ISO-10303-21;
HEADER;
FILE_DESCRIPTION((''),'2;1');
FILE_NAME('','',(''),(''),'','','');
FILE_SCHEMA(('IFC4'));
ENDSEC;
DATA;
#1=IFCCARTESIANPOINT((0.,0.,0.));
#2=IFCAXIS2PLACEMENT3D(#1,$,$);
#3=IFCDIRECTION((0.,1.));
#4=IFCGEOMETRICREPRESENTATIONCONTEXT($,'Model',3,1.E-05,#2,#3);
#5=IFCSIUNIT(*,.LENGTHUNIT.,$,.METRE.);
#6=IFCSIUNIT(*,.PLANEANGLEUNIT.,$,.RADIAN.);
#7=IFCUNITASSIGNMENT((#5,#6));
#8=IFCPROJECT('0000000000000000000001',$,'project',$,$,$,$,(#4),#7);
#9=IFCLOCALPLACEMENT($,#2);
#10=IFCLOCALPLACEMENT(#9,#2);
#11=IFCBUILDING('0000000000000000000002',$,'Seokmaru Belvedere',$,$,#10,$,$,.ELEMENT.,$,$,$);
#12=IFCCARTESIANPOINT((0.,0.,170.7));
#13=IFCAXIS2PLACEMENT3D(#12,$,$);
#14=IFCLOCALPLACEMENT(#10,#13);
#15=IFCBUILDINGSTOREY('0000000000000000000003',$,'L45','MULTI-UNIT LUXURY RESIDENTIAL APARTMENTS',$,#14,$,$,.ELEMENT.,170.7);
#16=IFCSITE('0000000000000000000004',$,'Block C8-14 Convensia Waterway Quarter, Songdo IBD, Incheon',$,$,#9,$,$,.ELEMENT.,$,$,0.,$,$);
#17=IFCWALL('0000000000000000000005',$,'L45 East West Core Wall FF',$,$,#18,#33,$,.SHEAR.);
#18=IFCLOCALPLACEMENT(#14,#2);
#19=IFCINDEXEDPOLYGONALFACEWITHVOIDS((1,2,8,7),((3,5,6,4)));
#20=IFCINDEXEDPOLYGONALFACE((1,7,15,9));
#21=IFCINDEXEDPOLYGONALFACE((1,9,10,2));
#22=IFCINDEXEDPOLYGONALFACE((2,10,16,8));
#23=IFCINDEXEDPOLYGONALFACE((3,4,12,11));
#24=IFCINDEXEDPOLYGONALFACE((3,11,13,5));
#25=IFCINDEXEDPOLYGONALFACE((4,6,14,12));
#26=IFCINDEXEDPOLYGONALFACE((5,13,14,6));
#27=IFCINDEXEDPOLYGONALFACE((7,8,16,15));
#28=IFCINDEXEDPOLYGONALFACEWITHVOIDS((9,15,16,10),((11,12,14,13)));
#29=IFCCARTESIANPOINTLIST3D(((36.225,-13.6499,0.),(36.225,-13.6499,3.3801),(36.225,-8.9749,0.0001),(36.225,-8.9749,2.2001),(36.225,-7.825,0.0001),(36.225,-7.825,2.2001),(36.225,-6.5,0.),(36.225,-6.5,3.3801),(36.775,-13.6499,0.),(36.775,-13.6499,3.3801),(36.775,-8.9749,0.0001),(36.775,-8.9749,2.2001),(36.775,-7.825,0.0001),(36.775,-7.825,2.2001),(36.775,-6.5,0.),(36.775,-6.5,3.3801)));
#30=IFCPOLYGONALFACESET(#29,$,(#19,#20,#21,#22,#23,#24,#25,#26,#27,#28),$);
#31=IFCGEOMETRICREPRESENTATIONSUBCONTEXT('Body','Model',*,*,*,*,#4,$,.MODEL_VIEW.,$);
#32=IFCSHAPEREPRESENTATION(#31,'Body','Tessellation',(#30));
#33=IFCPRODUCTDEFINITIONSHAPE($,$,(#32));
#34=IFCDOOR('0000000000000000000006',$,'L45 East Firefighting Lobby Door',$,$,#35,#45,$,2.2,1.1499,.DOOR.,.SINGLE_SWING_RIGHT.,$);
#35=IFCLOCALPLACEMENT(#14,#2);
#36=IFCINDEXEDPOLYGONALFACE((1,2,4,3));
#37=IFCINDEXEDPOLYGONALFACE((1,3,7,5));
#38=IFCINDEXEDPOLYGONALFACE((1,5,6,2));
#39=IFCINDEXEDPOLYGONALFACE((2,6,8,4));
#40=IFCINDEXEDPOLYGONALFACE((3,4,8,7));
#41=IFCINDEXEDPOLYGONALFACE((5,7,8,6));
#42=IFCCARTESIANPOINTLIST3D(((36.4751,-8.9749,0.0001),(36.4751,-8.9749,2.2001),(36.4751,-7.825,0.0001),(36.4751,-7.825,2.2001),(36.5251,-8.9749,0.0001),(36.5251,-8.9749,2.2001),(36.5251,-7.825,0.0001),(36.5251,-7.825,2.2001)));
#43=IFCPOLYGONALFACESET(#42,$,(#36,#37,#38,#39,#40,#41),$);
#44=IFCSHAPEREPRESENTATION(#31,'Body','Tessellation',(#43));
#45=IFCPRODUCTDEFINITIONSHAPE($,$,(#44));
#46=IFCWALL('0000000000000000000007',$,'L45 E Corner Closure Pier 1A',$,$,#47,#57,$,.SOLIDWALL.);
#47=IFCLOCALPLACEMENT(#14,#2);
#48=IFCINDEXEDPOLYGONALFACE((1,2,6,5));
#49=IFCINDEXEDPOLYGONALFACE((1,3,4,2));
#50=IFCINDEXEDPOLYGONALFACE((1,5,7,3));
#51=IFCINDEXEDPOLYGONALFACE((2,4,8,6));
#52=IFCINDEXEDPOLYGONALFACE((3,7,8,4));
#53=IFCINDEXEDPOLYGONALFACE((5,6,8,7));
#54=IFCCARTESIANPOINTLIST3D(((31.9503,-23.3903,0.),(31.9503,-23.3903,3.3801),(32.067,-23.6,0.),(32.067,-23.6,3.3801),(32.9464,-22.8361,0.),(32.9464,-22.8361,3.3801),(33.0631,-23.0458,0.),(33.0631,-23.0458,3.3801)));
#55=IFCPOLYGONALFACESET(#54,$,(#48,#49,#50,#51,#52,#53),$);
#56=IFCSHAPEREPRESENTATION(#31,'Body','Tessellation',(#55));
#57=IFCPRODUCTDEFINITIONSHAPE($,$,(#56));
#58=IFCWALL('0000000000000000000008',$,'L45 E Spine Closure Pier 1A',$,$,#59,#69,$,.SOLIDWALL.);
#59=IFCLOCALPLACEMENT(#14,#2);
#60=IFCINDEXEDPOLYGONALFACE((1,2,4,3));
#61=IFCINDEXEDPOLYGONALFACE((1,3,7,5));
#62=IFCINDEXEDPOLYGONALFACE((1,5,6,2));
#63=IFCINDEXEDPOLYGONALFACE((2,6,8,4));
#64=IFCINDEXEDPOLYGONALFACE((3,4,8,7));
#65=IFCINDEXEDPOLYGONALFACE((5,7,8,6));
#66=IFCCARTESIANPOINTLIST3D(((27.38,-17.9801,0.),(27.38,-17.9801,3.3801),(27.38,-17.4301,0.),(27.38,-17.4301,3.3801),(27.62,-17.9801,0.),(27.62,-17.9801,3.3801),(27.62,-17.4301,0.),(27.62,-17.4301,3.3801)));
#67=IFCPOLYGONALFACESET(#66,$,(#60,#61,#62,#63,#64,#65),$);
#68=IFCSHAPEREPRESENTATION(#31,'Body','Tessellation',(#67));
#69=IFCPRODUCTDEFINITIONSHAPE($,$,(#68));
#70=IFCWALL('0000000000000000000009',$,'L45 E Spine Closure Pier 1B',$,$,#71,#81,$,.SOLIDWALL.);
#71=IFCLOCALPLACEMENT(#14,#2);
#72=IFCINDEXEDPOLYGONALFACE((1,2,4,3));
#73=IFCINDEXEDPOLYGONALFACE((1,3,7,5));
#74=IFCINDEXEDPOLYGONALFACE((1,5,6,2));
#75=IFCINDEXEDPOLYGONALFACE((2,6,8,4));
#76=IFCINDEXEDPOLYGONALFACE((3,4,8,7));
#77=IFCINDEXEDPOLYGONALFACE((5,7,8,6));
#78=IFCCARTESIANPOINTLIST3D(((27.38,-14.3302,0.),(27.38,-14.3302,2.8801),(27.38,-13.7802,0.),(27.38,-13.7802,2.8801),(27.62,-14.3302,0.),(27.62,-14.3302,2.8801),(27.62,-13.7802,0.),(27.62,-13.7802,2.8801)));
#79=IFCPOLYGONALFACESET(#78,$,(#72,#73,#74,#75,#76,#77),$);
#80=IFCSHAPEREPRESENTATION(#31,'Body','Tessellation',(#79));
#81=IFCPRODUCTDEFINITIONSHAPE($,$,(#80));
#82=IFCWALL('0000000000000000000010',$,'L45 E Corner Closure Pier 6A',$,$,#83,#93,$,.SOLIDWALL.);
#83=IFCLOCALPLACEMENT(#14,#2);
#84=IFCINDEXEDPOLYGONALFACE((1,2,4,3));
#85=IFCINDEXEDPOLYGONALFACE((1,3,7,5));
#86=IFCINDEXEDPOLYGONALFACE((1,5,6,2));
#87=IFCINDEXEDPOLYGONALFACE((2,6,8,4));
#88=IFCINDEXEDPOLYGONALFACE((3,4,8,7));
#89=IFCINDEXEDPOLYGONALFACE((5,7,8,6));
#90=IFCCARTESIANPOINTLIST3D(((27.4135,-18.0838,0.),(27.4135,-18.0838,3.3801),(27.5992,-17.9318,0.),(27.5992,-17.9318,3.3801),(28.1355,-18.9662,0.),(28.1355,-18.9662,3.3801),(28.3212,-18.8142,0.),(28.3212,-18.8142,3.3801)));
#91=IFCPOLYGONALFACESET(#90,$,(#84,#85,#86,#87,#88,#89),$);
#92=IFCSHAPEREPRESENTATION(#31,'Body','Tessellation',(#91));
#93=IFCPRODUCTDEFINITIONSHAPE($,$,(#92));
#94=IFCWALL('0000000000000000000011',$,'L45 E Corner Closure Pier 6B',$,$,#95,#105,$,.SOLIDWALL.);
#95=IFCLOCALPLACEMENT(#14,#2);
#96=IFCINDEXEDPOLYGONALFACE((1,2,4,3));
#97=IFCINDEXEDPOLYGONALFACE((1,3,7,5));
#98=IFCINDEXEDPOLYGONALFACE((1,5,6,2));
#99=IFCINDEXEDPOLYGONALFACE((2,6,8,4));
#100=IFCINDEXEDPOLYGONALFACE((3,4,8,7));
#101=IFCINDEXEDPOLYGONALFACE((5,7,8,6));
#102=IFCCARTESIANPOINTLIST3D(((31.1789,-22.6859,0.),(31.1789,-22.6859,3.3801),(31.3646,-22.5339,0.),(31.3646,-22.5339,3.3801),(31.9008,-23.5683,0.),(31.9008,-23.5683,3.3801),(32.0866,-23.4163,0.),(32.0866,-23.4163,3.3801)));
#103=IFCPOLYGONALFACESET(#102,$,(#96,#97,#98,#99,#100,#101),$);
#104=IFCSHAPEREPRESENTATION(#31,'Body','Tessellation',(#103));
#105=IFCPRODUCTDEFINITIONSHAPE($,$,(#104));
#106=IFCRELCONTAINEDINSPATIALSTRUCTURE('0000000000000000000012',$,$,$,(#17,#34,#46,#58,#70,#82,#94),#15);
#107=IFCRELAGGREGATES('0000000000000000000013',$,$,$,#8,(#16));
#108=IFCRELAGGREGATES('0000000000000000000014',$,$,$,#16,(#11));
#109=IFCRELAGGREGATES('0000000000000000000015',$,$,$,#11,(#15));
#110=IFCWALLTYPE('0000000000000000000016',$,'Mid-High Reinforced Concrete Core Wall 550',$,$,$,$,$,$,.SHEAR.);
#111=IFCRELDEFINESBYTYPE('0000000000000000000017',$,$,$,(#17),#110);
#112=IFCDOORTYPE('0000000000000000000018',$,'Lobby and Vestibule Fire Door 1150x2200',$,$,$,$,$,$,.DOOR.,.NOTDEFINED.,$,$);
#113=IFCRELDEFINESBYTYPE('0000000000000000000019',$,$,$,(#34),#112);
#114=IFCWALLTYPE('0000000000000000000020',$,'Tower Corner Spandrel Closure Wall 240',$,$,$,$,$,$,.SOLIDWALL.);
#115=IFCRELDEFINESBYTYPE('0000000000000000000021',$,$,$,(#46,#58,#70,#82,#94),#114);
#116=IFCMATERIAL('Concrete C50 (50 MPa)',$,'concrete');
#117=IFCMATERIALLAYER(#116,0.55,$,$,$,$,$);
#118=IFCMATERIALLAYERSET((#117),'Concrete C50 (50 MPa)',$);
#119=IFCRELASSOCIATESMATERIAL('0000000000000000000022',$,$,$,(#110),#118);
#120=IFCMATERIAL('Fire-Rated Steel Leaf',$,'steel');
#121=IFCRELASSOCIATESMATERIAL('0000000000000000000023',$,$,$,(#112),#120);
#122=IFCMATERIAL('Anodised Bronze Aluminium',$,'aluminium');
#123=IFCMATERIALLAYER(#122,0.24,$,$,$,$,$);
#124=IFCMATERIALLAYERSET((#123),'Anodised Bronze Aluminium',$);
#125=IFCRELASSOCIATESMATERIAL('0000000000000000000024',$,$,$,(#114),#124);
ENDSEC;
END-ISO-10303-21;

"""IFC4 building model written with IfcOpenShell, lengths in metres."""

from ifc_helpers import new_model, si_unit, direction, frame, frame_2d, origin, place, context, subcontext, project, spatial, rectangle, extrude, source, transform, mapped, material, layer, layer_set, type_object, type_shapes, element, fill, save


model = new_model("IFC4")

# Units and contexts
model_context = context("Model", 3, precision=1e-05, world=origin(), true_north=direction((0.0, 1.0)))
body_context = subcontext(model_context, "Body", "Model", "MODEL_VIEW")
ifc_project = project(units=[si_unit("LENGTHUNIT", "METRE"), si_unit("PLANEANGLEUNIT", "RADIAN")], contexts=[model_context])

# Site, building, storey
site_placement = place(None, origin())
site = spatial("IfcSite", under=ifc_project, at=site_placement, Name="Block C8-14 Convensia Waterway Quarter, Songdo IBD, Incheon", CompositionType="ELEMENT", RefElevation=0.0)
building_placement = place(site_placement, origin())
building = spatial("IfcBuilding", under=site, at=building_placement, Name="Seokmaru Belvedere", CompositionType="ELEMENT")
storey_placement = place(building_placement, frame((0.0, 0.0, 170.7)))
storey = spatial("IfcBuildingStorey", under=building, at=storey_placement, Name="L45", Description="MULTI-UNIT LUXURY RESIDENTIAL APARTMENTS", CompositionType="ELEMENT", Elevation=170.7)

# Shared definitions
ifc_material_1 = material(Name="Anodised Bronze Aluminium", Category="aluminium")

# Wall, opening, door
ifc_material_2 = material(Name="Concrete C50 (50 MPa)", Category="concrete")
ifc_layer_1 = layer(ifc_material_2, 0.55)
ifc_layer_set_1 = layer_set([ifc_layer_1], Name="Concrete C50 (50 MPa)")
wall_type_1 = type_object("IfcWallType", Name="Mid-High Reinforced Concrete Core Wall 550", PredefinedType="SHEAR", material=ifc_layer_set_1)
wall_1_placement = place(storey_placement, frame((36.5, -13.6499, 0.0), z_axis=(0.0, 0.0, 1.0), x_axis=(0.0, 1.0, 0.0)))
wall_1 = element("IfcWall", 1, at=wall_1_placement, inside=storey, type_object=wall_type_1, Name="L45 East West Core Wall FF", PredefinedType="SHEAR", context=body_context, shape_type="SweptSolid", body=[
    extrude(rectangle(XDim=7.1499, YDim=0.55, at=frame_2d((3.575, 0.0))), origin(), (0.0, 0.0, 1.0), 3.3801),
])
opening_placement = place(wall_1_placement, frame((4.675, 0.0, 0.0)))
opening = element("IfcOpeningElement", 2, at=opening_placement, cuts=wall_1, PredefinedType="OPENING", context=body_context, shape_type="SweptSolid", body=[
    extrude(rectangle(XDim=1.1499, YDim=2.2, at=frame_2d((0.575, 1.1001))), frame((0.0, 0.2852, 0.0), z_axis=(0.0, -1.0, 0.0), x_axis=(1.0, 0.0, 0.0)), (0.0, 0.0, 1.0), 0.5701),
])
ifc_material_3 = material(Name="Fire-Rated Steel Leaf", Category="steel")
door_type = type_object("IfcDoorType", Name="Lobby and Vestibule Fire Door 1150x2200", OperationType="NOTDEFINED", PredefinedType="DOOR", material=ifc_material_3)
shared_shape_1 = source(origin(), body_context, "Body", "SweptSolid", [
    extrude(rectangle(XDim=1.1499, YDim=2.2, at=frame_2d((0.575, 1.1001))), frame((0.0, 0.0249, 0.0), z_axis=(0.0, -1.0, 0.0), x_axis=(1.0, 0.0, 0.0)), (0.0, 0.0, 1.0), 0.05),
])
type_shapes(door_type, [shared_shape_1])
door_placement = place(opening_placement, origin())
door = element("IfcDoor", 3, at=door_placement, inside=storey, type_object=door_type, Name="L45 East Firefighting Lobby Door", OperationType="SINGLE_SWING_RIGHT", OverallHeight=2.2, OverallWidth=1.1499, PredefinedType="DOOR", context=body_context, shape_type="MappedRepresentation", body=[
    mapped(shared_shape_1, transform((0.0, 0.0, 0.0), scale=1.0)),
])
fill(opening, door)

# Walls
ifc_layer_2 = layer(ifc_material_1, 0.24)
ifc_layer_set_2 = layer_set([ifc_layer_2], Name="Anodised Bronze Aluminium")
wall_type_2 = type_object("IfcWallType", Name="Tower Corner Spandrel Closure Wall 240", PredefinedType="SOLIDWALL", material=ifc_layer_set_2)
wall_2_placement = place(storey_placement, frame((32.0088, -23.4951, 0.0), z_axis=(0.0, 0.0, 1.0), x_axis=(0.873854, 0.486188, 0.0)))
element("IfcWall", 4, at=wall_2_placement, inside=storey, type_object=wall_type_2, Name="L45 E Corner Closure Pier 1A", PredefinedType="SOLIDWALL", context=body_context, shape_type="SweptSolid", body=[
    extrude(rectangle(XDim=1.1399, YDim=0.24, at=frame_2d((0.5698, 0.0))), origin(), (0.0, 0.0, 1.0), 3.3801),
])
wall_3_placement = place(storey_placement, frame((27.5, -17.98, 0.0), z_axis=(0.0, 0.0, 1.0), x_axis=(0.0, 1.0, 0.0)))
element("IfcWall", 5, at=wall_3_placement, inside=storey, type_object=wall_type_2, Name="L45 E Spine Closure Pier 1A", PredefinedType="SOLIDWALL", context=body_context, shape_type="SweptSolid", body=[
    extrude(rectangle(XDim=0.55, YDim=0.24, at=frame_2d((0.2749, 0.0))), origin(), (0.0, 0.0, 1.0), 3.3801),
])
wall_4_placement = place(storey_placement, frame((27.5, -14.3301, 0.0), z_axis=(0.0, 0.0, 1.0), x_axis=(0.0, 1.0, 0.0)))
element("IfcWall", 6, at=wall_4_placement, inside=storey, type_object=wall_type_2, Name="L45 E Spine Closure Pier 1B", PredefinedType="SOLIDWALL", context=body_context, shape_type="SweptSolid", body=[
    extrude(rectangle(XDim=0.55, YDim=0.24, at=frame_2d((0.2749, 0.0))), origin(), (0.0, 0.0, 1.0), 2.8801),
])
for number, where, z_axis, x_axis, name in (
    (7, (27.5063, -18.0078, 0.0), (0.0, 0.0, 1.0), (0.633249, -0.773948, 0.0), "L45 E Corner Closure Pier 6A"),
    (8, (31.2717, -22.6099, 0.0), (0.0, 0.0, 1.0), (0.633249, -0.773948, 0.0), "L45 E Corner Closure Pier 6B"),
):
    element("IfcWall", number, at=place(storey_placement, frame(where, z_axis=z_axis, x_axis=x_axis)), inside=storey, type_object=wall_type_2, Name=name, PredefinedType="SOLIDWALL", context=body_context, shape_type="SweptSolid", body=[
        extrude(rectangle(XDim=1.1401, YDim=0.24, at=frame_2d((0.5701, 0.0))), origin(), (0.0, 0.0, 1.0), 3.3801),
    ])

save(model, "model.ifc")
